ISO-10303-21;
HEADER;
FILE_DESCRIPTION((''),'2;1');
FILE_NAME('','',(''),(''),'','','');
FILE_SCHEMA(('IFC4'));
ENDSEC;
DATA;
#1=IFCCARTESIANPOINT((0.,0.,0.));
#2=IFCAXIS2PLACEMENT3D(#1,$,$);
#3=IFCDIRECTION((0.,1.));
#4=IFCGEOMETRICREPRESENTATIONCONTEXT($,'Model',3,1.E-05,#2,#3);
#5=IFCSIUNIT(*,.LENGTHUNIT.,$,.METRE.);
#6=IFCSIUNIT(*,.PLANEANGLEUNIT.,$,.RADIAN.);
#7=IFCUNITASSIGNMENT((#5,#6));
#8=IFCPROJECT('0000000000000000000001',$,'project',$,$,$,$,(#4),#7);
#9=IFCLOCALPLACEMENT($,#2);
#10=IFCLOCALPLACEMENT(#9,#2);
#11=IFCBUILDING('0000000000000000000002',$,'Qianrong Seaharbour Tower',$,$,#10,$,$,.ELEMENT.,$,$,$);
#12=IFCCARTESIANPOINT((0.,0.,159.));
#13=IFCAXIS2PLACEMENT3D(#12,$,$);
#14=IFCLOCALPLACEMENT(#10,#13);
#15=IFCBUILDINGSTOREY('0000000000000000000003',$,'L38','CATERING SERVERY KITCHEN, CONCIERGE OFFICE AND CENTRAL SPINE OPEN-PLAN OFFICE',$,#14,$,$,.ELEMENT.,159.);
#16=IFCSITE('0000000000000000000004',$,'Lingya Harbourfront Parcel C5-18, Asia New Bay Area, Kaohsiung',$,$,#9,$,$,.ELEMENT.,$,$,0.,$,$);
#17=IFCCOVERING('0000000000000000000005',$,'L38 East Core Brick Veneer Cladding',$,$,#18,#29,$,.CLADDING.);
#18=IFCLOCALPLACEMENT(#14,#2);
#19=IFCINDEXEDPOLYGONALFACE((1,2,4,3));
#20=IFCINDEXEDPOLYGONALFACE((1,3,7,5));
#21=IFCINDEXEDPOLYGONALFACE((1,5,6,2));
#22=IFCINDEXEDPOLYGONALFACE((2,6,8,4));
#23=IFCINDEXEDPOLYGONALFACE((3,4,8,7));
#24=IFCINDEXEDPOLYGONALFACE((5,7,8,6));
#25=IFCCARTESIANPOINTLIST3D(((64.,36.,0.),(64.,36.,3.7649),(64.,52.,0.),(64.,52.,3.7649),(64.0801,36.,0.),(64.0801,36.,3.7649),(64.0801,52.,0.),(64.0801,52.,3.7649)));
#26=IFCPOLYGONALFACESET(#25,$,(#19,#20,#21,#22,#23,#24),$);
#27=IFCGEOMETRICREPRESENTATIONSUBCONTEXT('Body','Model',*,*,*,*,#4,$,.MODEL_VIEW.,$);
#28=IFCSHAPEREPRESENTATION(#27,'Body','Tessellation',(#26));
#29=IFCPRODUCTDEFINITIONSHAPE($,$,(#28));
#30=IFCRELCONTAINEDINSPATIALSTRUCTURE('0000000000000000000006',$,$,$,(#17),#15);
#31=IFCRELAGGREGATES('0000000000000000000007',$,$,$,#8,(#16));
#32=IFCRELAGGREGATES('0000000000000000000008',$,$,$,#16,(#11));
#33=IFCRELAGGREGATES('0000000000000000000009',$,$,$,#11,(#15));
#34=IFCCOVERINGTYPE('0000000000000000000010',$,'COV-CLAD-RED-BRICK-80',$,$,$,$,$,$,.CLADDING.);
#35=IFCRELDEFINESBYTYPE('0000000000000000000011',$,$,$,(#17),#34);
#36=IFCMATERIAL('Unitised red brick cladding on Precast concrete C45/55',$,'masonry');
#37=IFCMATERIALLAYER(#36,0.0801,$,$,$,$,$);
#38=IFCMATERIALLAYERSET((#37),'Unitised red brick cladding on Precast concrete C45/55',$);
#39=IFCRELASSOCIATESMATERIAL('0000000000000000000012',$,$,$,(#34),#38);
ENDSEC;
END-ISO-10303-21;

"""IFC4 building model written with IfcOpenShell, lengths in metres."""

from ifc_helpers import new_model, si_unit, direction, frame, origin, origin_2d, place, context, subcontext, project, spatial, rectangle, extrude, material, layer, layer_set, type_object, element, save


model = new_model("IFC4")

# Units and contexts
model_context = context("Model", 3, precision=1e-05, world=origin(), true_north=direction((0.0, 1.0)))
body_context = subcontext(model_context, "Body", "Model", "MODEL_VIEW")
ifc_project = project(units=[si_unit("LENGTHUNIT", "METRE"), si_unit("PLANEANGLEUNIT", "RADIAN")], contexts=[model_context])

# Site, building, storey
site_placement = place(None, origin())
site = spatial("IfcSite", under=ifc_project, at=site_placement, Name="Lingya Harbourfront Parcel C5-18, Asia New Bay Area, Kaohsiung", CompositionType="ELEMENT", RefElevation=0.0)
building_placement = place(site_placement, origin())
building = spatial("IfcBuilding", under=site, at=building_placement, Name="Qianrong Seaharbour Tower", CompositionType="ELEMENT")
storey_placement = place(building_placement, frame((0.0, 0.0, 159.0)))
storey = spatial("IfcBuildingStorey", under=building, at=storey_placement, Name="L38", Description="CATERING SERVERY KITCHEN, CONCIERGE OFFICE AND CENTRAL SPINE OPEN-PLAN OFFICE", CompositionType="ELEMENT", Elevation=159.0)

# Covering
ifc_material_1 = material(Name="Unitised red brick cladding on Precast concrete C45/55", Category="masonry")
ifc_layer_1 = layer(ifc_material_1, 0.0801)
ifc_layer_set_1 = layer_set([ifc_layer_1], Name="Unitised red brick cladding on Precast concrete C45/55")
covering_type = type_object("IfcCoveringType", Name="COV-CLAD-RED-BRICK-80", PredefinedType="CLADDING", material=ifc_layer_set_1)
covering_placement = place(storey_placement, frame((64.04, 44.0, 0.0), z_axis=(0.0, 0.0, 1.0), x_axis=(1.0, 0.0, 0.0)))
element("IfcCovering", 1, at=covering_placement, inside=storey, type_object=covering_type, Name="L38 East Core Brick Veneer Cladding", PredefinedType="CLADDING", context=body_context, shape_type="SweptSolid", body=[
    extrude(rectangle(XDim=0.0801, YDim=16.0, at=origin_2d()), origin(), (0.0, 0.0, 1.0), 3.7649),
])

save(model, "model.ifc")
